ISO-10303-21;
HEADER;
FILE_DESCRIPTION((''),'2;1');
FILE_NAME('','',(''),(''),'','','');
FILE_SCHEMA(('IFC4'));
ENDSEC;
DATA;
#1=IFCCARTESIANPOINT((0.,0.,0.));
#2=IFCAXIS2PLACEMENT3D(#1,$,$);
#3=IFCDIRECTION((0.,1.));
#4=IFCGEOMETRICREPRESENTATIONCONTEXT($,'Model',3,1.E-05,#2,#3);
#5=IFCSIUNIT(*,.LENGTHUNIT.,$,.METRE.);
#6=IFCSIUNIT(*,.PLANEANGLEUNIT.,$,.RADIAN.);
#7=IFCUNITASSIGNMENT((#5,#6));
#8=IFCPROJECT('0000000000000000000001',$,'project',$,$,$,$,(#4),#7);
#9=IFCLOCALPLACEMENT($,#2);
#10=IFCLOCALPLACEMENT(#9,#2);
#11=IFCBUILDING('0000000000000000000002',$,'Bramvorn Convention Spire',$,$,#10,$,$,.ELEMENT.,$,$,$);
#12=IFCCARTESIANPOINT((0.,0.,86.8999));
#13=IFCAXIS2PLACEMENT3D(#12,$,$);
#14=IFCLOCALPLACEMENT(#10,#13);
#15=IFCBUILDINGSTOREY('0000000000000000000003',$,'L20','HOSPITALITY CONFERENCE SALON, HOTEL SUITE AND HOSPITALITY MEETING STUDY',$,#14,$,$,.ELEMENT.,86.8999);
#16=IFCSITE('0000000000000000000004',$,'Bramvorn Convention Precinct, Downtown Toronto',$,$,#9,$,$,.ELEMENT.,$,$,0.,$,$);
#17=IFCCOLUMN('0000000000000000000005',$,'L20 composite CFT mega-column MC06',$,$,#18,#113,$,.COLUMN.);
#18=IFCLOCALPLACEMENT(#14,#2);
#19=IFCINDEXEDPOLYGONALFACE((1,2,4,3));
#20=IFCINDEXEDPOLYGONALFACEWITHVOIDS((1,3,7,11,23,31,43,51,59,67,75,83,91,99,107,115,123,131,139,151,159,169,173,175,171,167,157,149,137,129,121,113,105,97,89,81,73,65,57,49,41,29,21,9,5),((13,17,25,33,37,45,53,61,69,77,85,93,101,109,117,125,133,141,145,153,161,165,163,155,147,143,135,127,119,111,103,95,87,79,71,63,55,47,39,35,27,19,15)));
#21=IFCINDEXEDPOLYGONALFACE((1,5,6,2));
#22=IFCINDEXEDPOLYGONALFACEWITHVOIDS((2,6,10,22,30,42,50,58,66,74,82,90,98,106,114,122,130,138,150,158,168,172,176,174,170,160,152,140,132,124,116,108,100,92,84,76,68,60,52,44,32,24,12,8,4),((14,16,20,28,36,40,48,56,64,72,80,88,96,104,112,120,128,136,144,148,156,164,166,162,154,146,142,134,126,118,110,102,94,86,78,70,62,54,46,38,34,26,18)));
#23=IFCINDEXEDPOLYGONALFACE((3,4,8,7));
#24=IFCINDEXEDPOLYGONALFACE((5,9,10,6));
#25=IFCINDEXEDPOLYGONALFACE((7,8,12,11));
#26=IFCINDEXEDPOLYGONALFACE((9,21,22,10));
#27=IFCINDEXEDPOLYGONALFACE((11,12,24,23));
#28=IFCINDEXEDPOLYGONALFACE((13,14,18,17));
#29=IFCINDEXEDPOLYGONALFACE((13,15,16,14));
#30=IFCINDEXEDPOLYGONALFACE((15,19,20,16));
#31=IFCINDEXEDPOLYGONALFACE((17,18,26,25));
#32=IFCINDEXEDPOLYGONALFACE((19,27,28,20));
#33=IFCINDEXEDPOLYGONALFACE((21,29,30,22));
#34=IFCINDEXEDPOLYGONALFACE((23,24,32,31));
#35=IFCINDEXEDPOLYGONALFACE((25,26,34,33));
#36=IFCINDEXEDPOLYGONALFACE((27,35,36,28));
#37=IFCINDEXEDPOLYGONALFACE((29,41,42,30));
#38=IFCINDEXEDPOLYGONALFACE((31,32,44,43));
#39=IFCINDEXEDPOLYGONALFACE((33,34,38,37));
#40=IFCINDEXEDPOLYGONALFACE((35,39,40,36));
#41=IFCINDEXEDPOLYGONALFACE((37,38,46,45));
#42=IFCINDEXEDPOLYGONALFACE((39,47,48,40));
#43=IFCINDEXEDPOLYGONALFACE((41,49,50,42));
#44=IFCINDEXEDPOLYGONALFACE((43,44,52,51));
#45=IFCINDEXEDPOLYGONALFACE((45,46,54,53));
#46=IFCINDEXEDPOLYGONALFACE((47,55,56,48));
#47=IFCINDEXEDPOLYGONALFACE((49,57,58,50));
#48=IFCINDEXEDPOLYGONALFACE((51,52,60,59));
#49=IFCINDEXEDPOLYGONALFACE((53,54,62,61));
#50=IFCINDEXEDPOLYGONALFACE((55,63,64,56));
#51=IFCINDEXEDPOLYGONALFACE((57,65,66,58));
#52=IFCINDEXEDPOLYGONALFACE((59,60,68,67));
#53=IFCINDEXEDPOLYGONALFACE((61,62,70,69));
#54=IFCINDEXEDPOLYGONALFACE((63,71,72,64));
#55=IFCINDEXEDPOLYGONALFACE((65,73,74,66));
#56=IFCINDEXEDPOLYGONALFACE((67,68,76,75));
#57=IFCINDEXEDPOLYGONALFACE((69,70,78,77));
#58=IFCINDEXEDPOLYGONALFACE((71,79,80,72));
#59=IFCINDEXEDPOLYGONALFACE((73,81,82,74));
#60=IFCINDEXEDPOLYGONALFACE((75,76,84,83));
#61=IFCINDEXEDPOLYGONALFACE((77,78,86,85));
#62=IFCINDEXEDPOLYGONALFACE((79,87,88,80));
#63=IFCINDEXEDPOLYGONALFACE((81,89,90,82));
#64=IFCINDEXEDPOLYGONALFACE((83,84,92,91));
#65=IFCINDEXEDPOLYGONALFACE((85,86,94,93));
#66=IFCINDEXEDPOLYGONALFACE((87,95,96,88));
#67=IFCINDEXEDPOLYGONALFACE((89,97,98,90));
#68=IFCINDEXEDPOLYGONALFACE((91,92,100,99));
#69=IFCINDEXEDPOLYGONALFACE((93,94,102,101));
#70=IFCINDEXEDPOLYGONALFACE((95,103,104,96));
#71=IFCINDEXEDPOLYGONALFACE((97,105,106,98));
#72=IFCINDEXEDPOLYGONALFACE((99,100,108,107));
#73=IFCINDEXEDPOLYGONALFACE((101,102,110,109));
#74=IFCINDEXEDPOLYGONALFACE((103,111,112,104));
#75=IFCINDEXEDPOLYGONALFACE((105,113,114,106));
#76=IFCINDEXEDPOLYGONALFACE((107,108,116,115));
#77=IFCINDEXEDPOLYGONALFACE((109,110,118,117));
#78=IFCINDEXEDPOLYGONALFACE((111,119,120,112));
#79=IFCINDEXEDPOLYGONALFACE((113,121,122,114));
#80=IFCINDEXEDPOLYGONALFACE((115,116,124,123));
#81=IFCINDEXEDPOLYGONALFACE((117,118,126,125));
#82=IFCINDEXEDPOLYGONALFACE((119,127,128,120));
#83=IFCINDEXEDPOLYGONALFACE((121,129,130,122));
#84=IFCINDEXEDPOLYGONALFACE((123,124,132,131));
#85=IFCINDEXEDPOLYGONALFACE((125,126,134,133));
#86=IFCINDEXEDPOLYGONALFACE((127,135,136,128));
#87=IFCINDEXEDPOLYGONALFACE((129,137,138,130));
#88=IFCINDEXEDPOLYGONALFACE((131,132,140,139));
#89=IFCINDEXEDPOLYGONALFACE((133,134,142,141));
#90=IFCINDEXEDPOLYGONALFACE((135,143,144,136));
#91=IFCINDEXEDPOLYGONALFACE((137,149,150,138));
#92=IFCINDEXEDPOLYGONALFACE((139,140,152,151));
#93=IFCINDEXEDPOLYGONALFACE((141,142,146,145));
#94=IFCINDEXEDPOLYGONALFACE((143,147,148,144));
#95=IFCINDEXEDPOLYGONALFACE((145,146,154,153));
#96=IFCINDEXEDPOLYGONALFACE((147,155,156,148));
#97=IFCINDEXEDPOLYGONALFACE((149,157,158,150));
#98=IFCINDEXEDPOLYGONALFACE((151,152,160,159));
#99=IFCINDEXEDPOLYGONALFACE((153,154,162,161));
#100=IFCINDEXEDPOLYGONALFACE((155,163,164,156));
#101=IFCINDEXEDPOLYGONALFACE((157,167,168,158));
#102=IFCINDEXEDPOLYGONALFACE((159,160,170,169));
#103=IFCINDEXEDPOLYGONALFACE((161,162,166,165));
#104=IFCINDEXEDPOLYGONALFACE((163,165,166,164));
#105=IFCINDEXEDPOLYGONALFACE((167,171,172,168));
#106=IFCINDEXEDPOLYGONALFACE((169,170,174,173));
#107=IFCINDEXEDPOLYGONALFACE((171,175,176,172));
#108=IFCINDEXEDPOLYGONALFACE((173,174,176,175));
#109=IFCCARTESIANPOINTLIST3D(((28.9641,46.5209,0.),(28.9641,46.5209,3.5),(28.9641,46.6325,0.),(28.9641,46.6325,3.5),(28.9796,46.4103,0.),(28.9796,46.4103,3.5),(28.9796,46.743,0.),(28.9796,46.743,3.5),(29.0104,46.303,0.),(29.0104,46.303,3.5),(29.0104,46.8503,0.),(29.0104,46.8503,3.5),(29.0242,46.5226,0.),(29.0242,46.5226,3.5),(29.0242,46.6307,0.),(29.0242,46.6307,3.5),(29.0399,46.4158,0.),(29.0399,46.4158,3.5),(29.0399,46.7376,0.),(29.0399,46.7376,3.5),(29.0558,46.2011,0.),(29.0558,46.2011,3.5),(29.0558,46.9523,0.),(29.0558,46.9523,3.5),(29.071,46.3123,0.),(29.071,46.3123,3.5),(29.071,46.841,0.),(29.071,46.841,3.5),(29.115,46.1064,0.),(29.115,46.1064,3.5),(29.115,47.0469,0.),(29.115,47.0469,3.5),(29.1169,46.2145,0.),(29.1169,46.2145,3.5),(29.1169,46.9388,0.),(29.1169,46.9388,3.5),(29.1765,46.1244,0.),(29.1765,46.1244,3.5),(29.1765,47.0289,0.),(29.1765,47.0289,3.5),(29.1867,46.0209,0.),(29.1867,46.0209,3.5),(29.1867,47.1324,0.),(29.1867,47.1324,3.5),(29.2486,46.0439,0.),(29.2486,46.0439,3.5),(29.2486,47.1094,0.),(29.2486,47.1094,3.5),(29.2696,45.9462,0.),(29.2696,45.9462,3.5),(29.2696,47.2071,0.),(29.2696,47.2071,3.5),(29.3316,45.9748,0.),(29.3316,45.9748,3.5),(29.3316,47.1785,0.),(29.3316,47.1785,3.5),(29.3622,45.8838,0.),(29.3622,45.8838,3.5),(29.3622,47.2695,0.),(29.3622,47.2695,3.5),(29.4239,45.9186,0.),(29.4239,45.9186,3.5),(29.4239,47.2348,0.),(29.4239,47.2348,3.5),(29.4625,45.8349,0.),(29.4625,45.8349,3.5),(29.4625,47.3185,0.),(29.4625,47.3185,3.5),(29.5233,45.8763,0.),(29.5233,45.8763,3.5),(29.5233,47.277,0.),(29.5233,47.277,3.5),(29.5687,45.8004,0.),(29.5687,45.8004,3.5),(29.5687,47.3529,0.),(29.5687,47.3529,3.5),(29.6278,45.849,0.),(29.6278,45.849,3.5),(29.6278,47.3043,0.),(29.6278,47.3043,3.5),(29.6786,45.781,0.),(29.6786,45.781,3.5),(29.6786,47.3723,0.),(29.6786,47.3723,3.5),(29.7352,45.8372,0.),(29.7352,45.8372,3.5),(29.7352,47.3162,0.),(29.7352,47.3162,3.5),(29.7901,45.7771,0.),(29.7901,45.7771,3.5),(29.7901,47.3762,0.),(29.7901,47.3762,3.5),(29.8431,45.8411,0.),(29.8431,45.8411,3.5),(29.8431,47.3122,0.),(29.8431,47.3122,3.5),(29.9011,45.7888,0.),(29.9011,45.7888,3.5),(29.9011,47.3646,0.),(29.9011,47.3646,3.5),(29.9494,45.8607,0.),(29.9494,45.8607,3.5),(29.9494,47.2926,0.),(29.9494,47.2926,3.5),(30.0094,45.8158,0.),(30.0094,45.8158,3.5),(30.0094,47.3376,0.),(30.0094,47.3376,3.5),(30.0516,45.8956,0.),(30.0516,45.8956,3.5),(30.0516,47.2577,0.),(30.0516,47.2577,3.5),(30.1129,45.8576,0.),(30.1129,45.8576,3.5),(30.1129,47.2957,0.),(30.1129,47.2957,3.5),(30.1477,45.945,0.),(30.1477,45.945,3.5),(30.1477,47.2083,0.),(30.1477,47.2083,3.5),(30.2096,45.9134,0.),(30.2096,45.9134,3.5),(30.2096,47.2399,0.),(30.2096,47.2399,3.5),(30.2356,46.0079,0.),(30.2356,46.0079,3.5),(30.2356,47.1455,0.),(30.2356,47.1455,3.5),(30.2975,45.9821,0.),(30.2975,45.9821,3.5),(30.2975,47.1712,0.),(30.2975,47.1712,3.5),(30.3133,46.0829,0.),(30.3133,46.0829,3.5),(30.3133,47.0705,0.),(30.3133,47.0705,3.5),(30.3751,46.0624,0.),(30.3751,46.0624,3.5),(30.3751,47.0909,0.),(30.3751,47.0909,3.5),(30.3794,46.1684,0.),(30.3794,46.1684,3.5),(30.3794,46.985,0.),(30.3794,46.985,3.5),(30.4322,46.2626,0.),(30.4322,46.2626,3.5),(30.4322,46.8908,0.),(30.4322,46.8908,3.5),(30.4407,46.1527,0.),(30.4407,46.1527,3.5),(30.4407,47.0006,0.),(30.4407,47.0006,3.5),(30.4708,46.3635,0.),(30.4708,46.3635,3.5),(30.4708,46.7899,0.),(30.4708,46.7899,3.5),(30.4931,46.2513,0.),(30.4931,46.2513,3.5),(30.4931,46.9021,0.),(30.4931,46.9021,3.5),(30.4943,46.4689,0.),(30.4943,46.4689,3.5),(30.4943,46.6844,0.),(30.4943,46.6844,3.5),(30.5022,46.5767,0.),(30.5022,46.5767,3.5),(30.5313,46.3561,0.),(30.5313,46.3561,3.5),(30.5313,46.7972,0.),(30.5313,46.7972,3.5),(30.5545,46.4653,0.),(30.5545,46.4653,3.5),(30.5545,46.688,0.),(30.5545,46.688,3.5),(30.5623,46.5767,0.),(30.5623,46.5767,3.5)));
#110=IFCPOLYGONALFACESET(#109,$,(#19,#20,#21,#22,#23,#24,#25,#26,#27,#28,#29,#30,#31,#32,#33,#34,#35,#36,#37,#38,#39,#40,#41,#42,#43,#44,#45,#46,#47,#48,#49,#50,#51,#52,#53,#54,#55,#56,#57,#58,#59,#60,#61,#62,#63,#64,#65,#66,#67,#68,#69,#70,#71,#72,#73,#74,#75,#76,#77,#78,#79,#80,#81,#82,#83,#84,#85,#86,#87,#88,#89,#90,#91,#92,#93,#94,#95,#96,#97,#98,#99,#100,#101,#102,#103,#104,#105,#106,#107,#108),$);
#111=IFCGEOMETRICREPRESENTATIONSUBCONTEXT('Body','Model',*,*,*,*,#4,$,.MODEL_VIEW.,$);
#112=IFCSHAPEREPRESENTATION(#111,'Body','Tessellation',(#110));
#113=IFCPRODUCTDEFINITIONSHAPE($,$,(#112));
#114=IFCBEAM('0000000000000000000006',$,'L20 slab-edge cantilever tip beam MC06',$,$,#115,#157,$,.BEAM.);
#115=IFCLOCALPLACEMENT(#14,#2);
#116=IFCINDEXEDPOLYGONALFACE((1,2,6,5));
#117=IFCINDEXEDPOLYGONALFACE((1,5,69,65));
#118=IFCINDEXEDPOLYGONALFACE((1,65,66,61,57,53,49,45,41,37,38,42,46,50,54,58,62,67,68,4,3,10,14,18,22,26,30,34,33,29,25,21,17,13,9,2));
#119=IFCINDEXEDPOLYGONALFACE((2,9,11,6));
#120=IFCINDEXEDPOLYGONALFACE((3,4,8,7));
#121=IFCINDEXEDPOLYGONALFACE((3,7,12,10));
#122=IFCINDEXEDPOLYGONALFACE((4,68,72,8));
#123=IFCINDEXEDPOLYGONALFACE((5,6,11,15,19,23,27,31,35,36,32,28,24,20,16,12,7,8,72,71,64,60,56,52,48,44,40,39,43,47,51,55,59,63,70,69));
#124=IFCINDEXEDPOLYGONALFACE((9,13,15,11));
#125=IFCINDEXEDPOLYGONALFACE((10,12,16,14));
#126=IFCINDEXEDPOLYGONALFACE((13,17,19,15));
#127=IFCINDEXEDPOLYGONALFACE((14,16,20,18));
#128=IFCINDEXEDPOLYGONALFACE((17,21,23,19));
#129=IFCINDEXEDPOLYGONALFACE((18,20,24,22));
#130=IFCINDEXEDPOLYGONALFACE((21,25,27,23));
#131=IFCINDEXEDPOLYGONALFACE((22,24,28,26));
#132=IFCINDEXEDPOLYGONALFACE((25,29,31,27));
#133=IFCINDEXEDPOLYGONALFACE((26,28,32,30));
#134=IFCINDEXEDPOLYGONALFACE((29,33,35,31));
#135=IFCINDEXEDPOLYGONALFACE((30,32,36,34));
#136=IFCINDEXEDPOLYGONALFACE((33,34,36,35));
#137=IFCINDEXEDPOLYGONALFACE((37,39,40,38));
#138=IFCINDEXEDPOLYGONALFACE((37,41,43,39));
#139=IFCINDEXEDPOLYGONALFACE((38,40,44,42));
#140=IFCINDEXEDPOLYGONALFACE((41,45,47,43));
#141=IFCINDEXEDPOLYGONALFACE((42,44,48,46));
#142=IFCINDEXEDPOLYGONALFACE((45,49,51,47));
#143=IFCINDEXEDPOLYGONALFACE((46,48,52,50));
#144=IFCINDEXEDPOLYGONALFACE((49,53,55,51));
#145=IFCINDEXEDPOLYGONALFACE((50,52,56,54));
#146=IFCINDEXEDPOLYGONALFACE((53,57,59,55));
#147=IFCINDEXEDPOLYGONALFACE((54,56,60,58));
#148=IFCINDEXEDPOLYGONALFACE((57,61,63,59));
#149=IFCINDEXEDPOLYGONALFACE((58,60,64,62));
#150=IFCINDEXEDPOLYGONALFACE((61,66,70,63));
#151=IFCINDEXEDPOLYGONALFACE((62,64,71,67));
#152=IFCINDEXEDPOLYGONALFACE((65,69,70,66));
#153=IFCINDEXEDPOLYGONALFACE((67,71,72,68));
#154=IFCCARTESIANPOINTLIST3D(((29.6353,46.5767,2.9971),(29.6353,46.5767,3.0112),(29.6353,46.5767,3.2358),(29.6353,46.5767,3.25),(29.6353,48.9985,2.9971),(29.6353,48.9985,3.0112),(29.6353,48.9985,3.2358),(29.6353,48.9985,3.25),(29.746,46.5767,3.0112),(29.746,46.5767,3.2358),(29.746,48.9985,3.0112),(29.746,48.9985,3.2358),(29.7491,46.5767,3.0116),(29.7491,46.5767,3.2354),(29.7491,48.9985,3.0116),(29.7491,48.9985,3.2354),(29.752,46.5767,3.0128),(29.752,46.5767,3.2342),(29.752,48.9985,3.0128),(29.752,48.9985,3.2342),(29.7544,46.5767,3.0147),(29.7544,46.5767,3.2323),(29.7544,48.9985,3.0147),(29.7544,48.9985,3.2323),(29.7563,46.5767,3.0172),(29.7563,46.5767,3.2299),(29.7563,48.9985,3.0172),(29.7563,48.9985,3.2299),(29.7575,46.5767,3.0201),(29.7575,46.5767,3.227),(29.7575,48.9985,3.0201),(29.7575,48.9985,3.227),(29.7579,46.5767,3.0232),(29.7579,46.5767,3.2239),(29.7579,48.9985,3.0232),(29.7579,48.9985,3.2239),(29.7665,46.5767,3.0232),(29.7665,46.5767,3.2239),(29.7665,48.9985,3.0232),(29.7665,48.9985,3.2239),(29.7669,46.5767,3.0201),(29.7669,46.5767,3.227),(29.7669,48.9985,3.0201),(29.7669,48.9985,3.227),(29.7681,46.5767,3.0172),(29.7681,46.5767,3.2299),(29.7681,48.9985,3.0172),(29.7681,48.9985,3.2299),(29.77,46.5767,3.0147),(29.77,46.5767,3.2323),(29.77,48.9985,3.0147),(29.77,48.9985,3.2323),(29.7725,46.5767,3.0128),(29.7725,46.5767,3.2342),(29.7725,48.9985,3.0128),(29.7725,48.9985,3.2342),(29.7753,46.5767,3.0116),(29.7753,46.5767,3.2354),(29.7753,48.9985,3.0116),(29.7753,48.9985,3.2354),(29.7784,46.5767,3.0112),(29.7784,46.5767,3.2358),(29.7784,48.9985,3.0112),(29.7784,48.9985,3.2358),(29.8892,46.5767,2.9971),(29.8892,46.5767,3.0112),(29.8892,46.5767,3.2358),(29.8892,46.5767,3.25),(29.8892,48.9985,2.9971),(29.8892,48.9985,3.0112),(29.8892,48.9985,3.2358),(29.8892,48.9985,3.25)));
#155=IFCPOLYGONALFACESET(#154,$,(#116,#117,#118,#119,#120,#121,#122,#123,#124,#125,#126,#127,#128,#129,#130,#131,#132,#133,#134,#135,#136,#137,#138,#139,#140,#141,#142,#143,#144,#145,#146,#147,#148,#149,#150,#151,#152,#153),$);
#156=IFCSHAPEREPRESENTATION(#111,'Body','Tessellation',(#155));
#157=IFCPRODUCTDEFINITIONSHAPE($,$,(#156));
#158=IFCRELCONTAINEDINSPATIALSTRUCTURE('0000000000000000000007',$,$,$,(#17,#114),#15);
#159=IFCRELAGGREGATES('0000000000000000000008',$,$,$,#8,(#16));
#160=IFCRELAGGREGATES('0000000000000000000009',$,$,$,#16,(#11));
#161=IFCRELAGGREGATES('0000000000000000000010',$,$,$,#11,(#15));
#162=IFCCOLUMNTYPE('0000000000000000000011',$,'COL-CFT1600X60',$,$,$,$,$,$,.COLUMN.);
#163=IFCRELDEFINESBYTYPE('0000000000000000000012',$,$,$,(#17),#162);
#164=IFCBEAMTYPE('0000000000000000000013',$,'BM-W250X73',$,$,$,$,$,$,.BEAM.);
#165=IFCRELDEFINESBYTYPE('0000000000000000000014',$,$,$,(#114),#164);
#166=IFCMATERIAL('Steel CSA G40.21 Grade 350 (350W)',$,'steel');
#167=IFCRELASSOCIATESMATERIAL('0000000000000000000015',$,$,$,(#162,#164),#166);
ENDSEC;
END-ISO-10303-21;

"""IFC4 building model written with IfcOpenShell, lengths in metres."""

from ifc_helpers import new_model, si_unit, direction, frame, origin, origin_2d, place, context, subcontext, project, spatial, hollow_circle, i_section, extrude, material, material_profile, profile_set, type_object, element, save


model = new_model("IFC4")

# Units and contexts
model_context = context("Model", 3, precision=1e-05, world=origin(), true_north=direction((0.0, 1.0)))
body_context = subcontext(model_context, "Body", "Model", "MODEL_VIEW")
ifc_project = project(units=[si_unit("LENGTHUNIT", "METRE"), si_unit("PLANEANGLEUNIT", "RADIAN")], contexts=[model_context])

# Site, building, storey
site_placement = place(None, origin())
site = spatial("IfcSite", under=ifc_project, at=site_placement, Name="Bramvorn Convention Precinct, Downtown Toronto", CompositionType="ELEMENT", RefElevation=0.0)
building_placement = place(site_placement, origin())
building = spatial("IfcBuilding", under=site, at=building_placement, Name="Bramvorn Convention Spire", CompositionType="ELEMENT")
storey_placement = place(building_placement, frame((0.0, 0.0, 86.8999)))
storey = spatial("IfcBuildingStorey", under=building, at=storey_placement, Name="L20", Description="HOSPITALITY CONFERENCE SALON, HOTEL SUITE AND HOSPITALITY MEETING STUDY", CompositionType="ELEMENT", Elevation=86.8999)

# Column
ifc_material_1 = material(Name="Steel CSA G40.21 Grade 350 (350W)", Category="steel")
ifc_material_profile_1 = material_profile(ifc_material_1, hollow_circle(Radius=0.8, WallThickness=0.0601, at=origin_2d()))
ifc_profile_set_1 = profile_set([ifc_material_profile_1], Name="Steel CSA G40.21 Grade 350 (350W) - CFT1600X60")
column_type = type_object("IfcColumnType", Name="COL-CFT1600X60", PredefinedType="COLUMN", material=ifc_profile_set_1)
column_placement = place(storey_placement, frame((29.7622, 46.5767, 0.0), z_axis=(0.0, 0.0, 1.0), x_axis=(1.0, 0.0, 0.0)))
element("IfcColumn", 1, at=column_placement, inside=storey, type_object=column_type, Name="L20 composite CFT mega-column MC06", PredefinedType="COLUMN", context=body_context, shape_type="SweptSolid", body=[
    extrude(hollow_circle(Radius=0.8, WallThickness=0.0601, at=origin_2d()), origin(), (0.0, 0.0, 1.0), 3.5),
])

# Beam
ifc_material_profile_2 = material_profile(ifc_material_1, i_section(OverallWidth=0.2539, OverallDepth=0.2529, WebThickness=0.0085, FlangeThickness=0.0142, FilletRadius=0.012, at=origin_2d()))
ifc_profile_set_2 = profile_set([ifc_material_profile_2], Name="Steel CSA G40.21 Grade 350 (350W) - W250X73")
beam_type_1 = type_object("IfcBeamType", Name="BM-W250X73", PredefinedType="BEAM", material=ifc_profile_set_2)
beam_1_placement = place(storey_placement, frame((29.7622, 46.5767, 3.1235), z_axis=(0.0, 1.0, 0.0), x_axis=(-1.0, 0.0, 0.0)))
element("IfcBeam", 2, at=beam_1_placement, inside=storey, type_object=beam_type_1, Name="L20 slab-edge cantilever tip beam MC06", PredefinedType="BEAM", context=body_context, shape_type="SweptSolid", body=[
    extrude(i_section(OverallWidth=0.2539, OverallDepth=0.2529, WebThickness=0.0085, FlangeThickness=0.0142, FilletRadius=0.012, at=origin_2d()), origin(), (0.0, 0.0, 1.0), 2.4219),
])

save(model, "model.ifc")
